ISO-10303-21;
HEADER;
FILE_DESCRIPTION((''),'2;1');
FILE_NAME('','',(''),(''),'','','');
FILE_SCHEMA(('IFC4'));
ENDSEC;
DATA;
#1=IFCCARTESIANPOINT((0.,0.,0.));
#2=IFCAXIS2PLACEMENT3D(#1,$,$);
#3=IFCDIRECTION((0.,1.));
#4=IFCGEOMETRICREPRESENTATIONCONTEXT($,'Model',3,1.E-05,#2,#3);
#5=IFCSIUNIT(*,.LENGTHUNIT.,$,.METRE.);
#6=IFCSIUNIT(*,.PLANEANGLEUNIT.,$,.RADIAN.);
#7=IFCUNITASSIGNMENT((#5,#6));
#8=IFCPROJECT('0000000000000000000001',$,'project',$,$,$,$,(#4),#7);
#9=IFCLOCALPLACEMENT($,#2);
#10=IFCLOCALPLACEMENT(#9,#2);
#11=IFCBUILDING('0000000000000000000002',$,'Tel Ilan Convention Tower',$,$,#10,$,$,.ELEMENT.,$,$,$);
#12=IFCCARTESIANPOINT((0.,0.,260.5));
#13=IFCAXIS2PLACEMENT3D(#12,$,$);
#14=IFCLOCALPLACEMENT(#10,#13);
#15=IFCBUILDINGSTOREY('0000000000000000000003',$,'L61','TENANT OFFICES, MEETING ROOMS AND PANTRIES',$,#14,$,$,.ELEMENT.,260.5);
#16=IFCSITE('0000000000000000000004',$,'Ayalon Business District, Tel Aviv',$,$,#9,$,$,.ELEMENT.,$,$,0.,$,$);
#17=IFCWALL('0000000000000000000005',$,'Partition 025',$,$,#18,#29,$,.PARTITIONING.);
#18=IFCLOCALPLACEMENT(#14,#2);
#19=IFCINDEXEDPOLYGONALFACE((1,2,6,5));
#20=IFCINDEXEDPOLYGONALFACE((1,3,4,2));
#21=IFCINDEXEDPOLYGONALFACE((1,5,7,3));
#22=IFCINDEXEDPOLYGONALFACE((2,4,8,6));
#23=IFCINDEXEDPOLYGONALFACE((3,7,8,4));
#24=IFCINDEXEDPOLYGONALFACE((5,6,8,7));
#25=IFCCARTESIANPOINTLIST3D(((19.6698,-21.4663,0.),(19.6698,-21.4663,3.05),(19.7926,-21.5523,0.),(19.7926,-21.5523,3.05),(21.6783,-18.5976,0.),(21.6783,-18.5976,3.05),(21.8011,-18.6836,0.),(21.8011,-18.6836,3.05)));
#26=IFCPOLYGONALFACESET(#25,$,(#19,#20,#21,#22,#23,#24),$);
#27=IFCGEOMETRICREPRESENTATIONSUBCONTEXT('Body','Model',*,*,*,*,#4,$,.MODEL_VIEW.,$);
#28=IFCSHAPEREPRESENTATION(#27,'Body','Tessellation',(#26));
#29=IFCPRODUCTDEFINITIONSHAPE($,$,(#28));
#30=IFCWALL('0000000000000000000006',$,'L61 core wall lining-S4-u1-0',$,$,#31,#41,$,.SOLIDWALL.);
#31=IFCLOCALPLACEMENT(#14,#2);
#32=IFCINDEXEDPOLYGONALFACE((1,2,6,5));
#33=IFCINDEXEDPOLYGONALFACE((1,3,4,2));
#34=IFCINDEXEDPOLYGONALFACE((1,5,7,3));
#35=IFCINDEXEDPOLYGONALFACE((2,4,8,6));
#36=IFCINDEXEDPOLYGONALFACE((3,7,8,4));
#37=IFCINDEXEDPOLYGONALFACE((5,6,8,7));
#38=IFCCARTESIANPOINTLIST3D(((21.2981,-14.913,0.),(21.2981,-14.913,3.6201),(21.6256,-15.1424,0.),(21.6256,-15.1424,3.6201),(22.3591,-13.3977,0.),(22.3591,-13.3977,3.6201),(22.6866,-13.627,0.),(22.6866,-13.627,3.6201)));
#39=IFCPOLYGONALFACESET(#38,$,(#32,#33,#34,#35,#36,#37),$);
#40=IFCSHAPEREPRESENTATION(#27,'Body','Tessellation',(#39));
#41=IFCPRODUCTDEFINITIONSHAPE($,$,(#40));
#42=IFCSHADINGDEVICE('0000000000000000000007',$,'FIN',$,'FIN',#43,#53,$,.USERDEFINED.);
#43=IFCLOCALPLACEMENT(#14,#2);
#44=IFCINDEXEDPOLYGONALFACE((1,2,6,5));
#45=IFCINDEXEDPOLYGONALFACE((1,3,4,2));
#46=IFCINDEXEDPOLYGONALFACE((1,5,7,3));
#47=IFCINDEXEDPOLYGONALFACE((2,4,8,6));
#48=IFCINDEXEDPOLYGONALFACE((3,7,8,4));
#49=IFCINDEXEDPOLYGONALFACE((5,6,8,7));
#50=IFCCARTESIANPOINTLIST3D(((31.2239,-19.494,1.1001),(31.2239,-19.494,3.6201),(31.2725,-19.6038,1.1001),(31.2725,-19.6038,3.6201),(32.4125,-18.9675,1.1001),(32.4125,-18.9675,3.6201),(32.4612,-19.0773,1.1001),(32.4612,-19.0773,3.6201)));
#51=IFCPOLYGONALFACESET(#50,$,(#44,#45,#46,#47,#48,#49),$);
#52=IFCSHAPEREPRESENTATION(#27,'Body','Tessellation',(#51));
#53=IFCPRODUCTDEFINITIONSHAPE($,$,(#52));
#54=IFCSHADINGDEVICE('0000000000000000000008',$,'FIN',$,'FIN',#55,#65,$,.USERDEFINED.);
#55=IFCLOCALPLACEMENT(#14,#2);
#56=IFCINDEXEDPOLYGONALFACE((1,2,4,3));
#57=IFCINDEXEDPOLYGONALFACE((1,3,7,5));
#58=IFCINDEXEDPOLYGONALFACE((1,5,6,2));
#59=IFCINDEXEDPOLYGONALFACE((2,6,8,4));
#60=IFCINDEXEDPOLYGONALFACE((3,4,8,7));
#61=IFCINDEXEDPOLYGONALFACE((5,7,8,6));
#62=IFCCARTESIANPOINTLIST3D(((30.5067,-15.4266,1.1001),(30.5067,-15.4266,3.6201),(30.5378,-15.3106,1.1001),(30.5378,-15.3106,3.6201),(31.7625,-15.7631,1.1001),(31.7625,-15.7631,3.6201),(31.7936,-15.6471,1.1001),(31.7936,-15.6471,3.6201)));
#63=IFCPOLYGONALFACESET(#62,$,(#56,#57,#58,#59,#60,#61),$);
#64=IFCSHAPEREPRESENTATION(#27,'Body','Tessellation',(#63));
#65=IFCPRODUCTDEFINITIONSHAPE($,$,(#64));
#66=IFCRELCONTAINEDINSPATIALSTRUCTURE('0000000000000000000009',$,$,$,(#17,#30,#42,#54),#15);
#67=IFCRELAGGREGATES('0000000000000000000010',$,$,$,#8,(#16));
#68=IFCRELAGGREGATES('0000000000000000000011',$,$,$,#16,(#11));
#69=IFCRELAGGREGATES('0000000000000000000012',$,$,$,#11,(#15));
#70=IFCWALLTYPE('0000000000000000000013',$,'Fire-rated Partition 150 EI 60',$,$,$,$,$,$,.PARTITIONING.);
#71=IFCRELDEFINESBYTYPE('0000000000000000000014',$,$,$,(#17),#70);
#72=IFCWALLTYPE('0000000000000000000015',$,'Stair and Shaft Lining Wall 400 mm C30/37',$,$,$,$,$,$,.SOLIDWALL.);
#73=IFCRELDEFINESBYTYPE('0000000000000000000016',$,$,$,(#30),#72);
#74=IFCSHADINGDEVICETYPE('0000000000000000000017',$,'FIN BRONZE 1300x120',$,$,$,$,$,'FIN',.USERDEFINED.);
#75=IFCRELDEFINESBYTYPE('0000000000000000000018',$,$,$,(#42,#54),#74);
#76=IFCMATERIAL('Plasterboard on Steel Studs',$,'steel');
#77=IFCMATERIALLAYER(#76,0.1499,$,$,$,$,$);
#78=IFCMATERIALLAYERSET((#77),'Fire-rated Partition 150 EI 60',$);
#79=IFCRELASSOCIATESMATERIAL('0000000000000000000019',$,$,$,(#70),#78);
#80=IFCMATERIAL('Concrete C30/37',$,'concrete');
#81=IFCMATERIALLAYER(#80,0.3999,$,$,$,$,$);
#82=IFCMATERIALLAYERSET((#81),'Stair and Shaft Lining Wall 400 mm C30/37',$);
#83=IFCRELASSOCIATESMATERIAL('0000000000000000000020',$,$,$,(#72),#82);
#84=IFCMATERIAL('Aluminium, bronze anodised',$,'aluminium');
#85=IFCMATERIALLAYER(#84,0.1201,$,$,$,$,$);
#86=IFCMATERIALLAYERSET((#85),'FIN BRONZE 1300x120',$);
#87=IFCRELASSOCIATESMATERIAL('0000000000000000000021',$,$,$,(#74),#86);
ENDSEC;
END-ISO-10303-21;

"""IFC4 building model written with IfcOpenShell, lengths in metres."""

from ifc_helpers import new_model, si_unit, direction, frame, frame_2d, origin, origin_2d, place, context, subcontext, project, spatial, rectangle, extrude, material, layer, layer_set, type_object, element, save


model = new_model("IFC4")

# Units and contexts
model_context = context("Model", 3, precision=1e-05, world=origin(), true_north=direction((0.0, 1.0)))
body_context = subcontext(model_context, "Body", "Model", "MODEL_VIEW")
ifc_project = project(units=[si_unit("LENGTHUNIT", "METRE"), si_unit("PLANEANGLEUNIT", "RADIAN")], contexts=[model_context])

# Site, building, storey
site_placement = place(None, origin())
site = spatial("IfcSite", under=ifc_project, at=site_placement, Name="Ayalon Business District, Tel Aviv", CompositionType="ELEMENT", RefElevation=0.0)
building_placement = place(site_placement, origin())
building = spatial("IfcBuilding", under=site, at=building_placement, Name="Tel Ilan Convention Tower", CompositionType="ELEMENT")
storey_placement = place(building_placement, frame((0.0, 0.0, 260.5)))
storey = spatial("IfcBuildingStorey", under=building, at=storey_placement, Name="L61", Description="TENANT OFFICES, MEETING ROOMS AND PANTRIES", CompositionType="ELEMENT", Elevation=260.5)

# Shared definitions
ifc_material_1 = material(Name="Plasterboard on Steel Studs", Category="steel")
ifc_layer_1 = layer(ifc_material_1, 0.1499)
ifc_layer_set_1 = layer_set([ifc_layer_1], Name="Fire-rated Partition 150 EI 60")
wall_type_1 = type_object("IfcWallType", Name="Fire-rated Partition 150 EI 60", PredefinedType="PARTITIONING", material=ifc_layer_set_1)

# Walls
wall_1_placement = place(storey_placement, frame((21.7397, -18.6406, 0.0), z_axis=(0.0, 0.0, 1.0), x_axis=(-0.573556, -0.819166, 0.0)))
element("IfcWall", 1, at=wall_1_placement, inside=storey, type_object=wall_type_1, Name="Partition 025", PredefinedType="PARTITIONING", context=body_context, shape_type="SweptSolid", body=[
    extrude(rectangle(XDim=3.502, YDim=0.1499, at=frame_2d((1.751, 0.0))), origin(), (0.0, 0.0, 1.0), 3.05),
])
ifc_material_2 = material(Name="Concrete C30/37", Category="concrete")
ifc_layer_2 = layer(ifc_material_2, 0.3999)
ifc_layer_set_2 = layer_set([ifc_layer_2], Name="Stair and Shaft Lining Wall 400 mm C30/37")
wall_type_2 = type_object("IfcWallType", Name="Stair and Shaft Lining Wall 400 mm C30/37", PredefinedType="SOLIDWALL", material=ifc_layer_set_2)
wall_2_placement = place(storey_placement, frame((21.4619, -15.0276, 0.0), z_axis=(0.0, 0.0, 1.0), x_axis=(0.57356, 0.819164, 0.0)))
element("IfcWall", 2, at=wall_2_placement, inside=storey, type_object=wall_type_2, Name="L61 core wall lining-S4-u1-0", PredefinedType="SOLIDWALL", context=body_context, shape_type="SweptSolid", body=[
    extrude(rectangle(XDim=1.8499, YDim=0.3999, at=frame_2d((0.9248, 0.0))), origin(), (0.0, 0.0, 1.0), 3.6201),
])

# Shading devices
ifc_material_3 = material(Name="Aluminium, bronze anodised", Category="aluminium")
ifc_layer_3 = layer(ifc_material_3, 0.1201)
ifc_layer_set_3 = layer_set([ifc_layer_3], Name="FIN BRONZE 1300x120")
shading_device_type = type_object("IfcShadingDeviceType", Name="FIN BRONZE 1300x120", ElementType="FIN", PredefinedType="USERDEFINED", material=ifc_layer_set_3)
for number, where, z_axis, x_axis, name in (
    (3, (31.8425, -19.2856, 1.1001), (0.0, 0.0, 1.0), (0.914333, 0.404964, 0.0), "FIN"),
    (4, (31.1501, -15.5369, 1.1001), (0.0, 0.0, 1.0), (0.965926, -0.258819, 0.0), "FIN"),
):
    element("IfcShadingDevice", number, at=place(storey_placement, frame(where, z_axis=z_axis, x_axis=x_axis)), inside=storey, type_object=shading_device_type, Name=name, ObjectType="FIN", PredefinedType="USERDEFINED", context=body_context, shape_type="SweptSolid", body=[
        extrude(rectangle(XDim=1.3, YDim=0.1201, at=origin_2d()), origin(), (0.0, 0.0, 1.0), 2.52),
    ])

save(model, "model.ifc")
